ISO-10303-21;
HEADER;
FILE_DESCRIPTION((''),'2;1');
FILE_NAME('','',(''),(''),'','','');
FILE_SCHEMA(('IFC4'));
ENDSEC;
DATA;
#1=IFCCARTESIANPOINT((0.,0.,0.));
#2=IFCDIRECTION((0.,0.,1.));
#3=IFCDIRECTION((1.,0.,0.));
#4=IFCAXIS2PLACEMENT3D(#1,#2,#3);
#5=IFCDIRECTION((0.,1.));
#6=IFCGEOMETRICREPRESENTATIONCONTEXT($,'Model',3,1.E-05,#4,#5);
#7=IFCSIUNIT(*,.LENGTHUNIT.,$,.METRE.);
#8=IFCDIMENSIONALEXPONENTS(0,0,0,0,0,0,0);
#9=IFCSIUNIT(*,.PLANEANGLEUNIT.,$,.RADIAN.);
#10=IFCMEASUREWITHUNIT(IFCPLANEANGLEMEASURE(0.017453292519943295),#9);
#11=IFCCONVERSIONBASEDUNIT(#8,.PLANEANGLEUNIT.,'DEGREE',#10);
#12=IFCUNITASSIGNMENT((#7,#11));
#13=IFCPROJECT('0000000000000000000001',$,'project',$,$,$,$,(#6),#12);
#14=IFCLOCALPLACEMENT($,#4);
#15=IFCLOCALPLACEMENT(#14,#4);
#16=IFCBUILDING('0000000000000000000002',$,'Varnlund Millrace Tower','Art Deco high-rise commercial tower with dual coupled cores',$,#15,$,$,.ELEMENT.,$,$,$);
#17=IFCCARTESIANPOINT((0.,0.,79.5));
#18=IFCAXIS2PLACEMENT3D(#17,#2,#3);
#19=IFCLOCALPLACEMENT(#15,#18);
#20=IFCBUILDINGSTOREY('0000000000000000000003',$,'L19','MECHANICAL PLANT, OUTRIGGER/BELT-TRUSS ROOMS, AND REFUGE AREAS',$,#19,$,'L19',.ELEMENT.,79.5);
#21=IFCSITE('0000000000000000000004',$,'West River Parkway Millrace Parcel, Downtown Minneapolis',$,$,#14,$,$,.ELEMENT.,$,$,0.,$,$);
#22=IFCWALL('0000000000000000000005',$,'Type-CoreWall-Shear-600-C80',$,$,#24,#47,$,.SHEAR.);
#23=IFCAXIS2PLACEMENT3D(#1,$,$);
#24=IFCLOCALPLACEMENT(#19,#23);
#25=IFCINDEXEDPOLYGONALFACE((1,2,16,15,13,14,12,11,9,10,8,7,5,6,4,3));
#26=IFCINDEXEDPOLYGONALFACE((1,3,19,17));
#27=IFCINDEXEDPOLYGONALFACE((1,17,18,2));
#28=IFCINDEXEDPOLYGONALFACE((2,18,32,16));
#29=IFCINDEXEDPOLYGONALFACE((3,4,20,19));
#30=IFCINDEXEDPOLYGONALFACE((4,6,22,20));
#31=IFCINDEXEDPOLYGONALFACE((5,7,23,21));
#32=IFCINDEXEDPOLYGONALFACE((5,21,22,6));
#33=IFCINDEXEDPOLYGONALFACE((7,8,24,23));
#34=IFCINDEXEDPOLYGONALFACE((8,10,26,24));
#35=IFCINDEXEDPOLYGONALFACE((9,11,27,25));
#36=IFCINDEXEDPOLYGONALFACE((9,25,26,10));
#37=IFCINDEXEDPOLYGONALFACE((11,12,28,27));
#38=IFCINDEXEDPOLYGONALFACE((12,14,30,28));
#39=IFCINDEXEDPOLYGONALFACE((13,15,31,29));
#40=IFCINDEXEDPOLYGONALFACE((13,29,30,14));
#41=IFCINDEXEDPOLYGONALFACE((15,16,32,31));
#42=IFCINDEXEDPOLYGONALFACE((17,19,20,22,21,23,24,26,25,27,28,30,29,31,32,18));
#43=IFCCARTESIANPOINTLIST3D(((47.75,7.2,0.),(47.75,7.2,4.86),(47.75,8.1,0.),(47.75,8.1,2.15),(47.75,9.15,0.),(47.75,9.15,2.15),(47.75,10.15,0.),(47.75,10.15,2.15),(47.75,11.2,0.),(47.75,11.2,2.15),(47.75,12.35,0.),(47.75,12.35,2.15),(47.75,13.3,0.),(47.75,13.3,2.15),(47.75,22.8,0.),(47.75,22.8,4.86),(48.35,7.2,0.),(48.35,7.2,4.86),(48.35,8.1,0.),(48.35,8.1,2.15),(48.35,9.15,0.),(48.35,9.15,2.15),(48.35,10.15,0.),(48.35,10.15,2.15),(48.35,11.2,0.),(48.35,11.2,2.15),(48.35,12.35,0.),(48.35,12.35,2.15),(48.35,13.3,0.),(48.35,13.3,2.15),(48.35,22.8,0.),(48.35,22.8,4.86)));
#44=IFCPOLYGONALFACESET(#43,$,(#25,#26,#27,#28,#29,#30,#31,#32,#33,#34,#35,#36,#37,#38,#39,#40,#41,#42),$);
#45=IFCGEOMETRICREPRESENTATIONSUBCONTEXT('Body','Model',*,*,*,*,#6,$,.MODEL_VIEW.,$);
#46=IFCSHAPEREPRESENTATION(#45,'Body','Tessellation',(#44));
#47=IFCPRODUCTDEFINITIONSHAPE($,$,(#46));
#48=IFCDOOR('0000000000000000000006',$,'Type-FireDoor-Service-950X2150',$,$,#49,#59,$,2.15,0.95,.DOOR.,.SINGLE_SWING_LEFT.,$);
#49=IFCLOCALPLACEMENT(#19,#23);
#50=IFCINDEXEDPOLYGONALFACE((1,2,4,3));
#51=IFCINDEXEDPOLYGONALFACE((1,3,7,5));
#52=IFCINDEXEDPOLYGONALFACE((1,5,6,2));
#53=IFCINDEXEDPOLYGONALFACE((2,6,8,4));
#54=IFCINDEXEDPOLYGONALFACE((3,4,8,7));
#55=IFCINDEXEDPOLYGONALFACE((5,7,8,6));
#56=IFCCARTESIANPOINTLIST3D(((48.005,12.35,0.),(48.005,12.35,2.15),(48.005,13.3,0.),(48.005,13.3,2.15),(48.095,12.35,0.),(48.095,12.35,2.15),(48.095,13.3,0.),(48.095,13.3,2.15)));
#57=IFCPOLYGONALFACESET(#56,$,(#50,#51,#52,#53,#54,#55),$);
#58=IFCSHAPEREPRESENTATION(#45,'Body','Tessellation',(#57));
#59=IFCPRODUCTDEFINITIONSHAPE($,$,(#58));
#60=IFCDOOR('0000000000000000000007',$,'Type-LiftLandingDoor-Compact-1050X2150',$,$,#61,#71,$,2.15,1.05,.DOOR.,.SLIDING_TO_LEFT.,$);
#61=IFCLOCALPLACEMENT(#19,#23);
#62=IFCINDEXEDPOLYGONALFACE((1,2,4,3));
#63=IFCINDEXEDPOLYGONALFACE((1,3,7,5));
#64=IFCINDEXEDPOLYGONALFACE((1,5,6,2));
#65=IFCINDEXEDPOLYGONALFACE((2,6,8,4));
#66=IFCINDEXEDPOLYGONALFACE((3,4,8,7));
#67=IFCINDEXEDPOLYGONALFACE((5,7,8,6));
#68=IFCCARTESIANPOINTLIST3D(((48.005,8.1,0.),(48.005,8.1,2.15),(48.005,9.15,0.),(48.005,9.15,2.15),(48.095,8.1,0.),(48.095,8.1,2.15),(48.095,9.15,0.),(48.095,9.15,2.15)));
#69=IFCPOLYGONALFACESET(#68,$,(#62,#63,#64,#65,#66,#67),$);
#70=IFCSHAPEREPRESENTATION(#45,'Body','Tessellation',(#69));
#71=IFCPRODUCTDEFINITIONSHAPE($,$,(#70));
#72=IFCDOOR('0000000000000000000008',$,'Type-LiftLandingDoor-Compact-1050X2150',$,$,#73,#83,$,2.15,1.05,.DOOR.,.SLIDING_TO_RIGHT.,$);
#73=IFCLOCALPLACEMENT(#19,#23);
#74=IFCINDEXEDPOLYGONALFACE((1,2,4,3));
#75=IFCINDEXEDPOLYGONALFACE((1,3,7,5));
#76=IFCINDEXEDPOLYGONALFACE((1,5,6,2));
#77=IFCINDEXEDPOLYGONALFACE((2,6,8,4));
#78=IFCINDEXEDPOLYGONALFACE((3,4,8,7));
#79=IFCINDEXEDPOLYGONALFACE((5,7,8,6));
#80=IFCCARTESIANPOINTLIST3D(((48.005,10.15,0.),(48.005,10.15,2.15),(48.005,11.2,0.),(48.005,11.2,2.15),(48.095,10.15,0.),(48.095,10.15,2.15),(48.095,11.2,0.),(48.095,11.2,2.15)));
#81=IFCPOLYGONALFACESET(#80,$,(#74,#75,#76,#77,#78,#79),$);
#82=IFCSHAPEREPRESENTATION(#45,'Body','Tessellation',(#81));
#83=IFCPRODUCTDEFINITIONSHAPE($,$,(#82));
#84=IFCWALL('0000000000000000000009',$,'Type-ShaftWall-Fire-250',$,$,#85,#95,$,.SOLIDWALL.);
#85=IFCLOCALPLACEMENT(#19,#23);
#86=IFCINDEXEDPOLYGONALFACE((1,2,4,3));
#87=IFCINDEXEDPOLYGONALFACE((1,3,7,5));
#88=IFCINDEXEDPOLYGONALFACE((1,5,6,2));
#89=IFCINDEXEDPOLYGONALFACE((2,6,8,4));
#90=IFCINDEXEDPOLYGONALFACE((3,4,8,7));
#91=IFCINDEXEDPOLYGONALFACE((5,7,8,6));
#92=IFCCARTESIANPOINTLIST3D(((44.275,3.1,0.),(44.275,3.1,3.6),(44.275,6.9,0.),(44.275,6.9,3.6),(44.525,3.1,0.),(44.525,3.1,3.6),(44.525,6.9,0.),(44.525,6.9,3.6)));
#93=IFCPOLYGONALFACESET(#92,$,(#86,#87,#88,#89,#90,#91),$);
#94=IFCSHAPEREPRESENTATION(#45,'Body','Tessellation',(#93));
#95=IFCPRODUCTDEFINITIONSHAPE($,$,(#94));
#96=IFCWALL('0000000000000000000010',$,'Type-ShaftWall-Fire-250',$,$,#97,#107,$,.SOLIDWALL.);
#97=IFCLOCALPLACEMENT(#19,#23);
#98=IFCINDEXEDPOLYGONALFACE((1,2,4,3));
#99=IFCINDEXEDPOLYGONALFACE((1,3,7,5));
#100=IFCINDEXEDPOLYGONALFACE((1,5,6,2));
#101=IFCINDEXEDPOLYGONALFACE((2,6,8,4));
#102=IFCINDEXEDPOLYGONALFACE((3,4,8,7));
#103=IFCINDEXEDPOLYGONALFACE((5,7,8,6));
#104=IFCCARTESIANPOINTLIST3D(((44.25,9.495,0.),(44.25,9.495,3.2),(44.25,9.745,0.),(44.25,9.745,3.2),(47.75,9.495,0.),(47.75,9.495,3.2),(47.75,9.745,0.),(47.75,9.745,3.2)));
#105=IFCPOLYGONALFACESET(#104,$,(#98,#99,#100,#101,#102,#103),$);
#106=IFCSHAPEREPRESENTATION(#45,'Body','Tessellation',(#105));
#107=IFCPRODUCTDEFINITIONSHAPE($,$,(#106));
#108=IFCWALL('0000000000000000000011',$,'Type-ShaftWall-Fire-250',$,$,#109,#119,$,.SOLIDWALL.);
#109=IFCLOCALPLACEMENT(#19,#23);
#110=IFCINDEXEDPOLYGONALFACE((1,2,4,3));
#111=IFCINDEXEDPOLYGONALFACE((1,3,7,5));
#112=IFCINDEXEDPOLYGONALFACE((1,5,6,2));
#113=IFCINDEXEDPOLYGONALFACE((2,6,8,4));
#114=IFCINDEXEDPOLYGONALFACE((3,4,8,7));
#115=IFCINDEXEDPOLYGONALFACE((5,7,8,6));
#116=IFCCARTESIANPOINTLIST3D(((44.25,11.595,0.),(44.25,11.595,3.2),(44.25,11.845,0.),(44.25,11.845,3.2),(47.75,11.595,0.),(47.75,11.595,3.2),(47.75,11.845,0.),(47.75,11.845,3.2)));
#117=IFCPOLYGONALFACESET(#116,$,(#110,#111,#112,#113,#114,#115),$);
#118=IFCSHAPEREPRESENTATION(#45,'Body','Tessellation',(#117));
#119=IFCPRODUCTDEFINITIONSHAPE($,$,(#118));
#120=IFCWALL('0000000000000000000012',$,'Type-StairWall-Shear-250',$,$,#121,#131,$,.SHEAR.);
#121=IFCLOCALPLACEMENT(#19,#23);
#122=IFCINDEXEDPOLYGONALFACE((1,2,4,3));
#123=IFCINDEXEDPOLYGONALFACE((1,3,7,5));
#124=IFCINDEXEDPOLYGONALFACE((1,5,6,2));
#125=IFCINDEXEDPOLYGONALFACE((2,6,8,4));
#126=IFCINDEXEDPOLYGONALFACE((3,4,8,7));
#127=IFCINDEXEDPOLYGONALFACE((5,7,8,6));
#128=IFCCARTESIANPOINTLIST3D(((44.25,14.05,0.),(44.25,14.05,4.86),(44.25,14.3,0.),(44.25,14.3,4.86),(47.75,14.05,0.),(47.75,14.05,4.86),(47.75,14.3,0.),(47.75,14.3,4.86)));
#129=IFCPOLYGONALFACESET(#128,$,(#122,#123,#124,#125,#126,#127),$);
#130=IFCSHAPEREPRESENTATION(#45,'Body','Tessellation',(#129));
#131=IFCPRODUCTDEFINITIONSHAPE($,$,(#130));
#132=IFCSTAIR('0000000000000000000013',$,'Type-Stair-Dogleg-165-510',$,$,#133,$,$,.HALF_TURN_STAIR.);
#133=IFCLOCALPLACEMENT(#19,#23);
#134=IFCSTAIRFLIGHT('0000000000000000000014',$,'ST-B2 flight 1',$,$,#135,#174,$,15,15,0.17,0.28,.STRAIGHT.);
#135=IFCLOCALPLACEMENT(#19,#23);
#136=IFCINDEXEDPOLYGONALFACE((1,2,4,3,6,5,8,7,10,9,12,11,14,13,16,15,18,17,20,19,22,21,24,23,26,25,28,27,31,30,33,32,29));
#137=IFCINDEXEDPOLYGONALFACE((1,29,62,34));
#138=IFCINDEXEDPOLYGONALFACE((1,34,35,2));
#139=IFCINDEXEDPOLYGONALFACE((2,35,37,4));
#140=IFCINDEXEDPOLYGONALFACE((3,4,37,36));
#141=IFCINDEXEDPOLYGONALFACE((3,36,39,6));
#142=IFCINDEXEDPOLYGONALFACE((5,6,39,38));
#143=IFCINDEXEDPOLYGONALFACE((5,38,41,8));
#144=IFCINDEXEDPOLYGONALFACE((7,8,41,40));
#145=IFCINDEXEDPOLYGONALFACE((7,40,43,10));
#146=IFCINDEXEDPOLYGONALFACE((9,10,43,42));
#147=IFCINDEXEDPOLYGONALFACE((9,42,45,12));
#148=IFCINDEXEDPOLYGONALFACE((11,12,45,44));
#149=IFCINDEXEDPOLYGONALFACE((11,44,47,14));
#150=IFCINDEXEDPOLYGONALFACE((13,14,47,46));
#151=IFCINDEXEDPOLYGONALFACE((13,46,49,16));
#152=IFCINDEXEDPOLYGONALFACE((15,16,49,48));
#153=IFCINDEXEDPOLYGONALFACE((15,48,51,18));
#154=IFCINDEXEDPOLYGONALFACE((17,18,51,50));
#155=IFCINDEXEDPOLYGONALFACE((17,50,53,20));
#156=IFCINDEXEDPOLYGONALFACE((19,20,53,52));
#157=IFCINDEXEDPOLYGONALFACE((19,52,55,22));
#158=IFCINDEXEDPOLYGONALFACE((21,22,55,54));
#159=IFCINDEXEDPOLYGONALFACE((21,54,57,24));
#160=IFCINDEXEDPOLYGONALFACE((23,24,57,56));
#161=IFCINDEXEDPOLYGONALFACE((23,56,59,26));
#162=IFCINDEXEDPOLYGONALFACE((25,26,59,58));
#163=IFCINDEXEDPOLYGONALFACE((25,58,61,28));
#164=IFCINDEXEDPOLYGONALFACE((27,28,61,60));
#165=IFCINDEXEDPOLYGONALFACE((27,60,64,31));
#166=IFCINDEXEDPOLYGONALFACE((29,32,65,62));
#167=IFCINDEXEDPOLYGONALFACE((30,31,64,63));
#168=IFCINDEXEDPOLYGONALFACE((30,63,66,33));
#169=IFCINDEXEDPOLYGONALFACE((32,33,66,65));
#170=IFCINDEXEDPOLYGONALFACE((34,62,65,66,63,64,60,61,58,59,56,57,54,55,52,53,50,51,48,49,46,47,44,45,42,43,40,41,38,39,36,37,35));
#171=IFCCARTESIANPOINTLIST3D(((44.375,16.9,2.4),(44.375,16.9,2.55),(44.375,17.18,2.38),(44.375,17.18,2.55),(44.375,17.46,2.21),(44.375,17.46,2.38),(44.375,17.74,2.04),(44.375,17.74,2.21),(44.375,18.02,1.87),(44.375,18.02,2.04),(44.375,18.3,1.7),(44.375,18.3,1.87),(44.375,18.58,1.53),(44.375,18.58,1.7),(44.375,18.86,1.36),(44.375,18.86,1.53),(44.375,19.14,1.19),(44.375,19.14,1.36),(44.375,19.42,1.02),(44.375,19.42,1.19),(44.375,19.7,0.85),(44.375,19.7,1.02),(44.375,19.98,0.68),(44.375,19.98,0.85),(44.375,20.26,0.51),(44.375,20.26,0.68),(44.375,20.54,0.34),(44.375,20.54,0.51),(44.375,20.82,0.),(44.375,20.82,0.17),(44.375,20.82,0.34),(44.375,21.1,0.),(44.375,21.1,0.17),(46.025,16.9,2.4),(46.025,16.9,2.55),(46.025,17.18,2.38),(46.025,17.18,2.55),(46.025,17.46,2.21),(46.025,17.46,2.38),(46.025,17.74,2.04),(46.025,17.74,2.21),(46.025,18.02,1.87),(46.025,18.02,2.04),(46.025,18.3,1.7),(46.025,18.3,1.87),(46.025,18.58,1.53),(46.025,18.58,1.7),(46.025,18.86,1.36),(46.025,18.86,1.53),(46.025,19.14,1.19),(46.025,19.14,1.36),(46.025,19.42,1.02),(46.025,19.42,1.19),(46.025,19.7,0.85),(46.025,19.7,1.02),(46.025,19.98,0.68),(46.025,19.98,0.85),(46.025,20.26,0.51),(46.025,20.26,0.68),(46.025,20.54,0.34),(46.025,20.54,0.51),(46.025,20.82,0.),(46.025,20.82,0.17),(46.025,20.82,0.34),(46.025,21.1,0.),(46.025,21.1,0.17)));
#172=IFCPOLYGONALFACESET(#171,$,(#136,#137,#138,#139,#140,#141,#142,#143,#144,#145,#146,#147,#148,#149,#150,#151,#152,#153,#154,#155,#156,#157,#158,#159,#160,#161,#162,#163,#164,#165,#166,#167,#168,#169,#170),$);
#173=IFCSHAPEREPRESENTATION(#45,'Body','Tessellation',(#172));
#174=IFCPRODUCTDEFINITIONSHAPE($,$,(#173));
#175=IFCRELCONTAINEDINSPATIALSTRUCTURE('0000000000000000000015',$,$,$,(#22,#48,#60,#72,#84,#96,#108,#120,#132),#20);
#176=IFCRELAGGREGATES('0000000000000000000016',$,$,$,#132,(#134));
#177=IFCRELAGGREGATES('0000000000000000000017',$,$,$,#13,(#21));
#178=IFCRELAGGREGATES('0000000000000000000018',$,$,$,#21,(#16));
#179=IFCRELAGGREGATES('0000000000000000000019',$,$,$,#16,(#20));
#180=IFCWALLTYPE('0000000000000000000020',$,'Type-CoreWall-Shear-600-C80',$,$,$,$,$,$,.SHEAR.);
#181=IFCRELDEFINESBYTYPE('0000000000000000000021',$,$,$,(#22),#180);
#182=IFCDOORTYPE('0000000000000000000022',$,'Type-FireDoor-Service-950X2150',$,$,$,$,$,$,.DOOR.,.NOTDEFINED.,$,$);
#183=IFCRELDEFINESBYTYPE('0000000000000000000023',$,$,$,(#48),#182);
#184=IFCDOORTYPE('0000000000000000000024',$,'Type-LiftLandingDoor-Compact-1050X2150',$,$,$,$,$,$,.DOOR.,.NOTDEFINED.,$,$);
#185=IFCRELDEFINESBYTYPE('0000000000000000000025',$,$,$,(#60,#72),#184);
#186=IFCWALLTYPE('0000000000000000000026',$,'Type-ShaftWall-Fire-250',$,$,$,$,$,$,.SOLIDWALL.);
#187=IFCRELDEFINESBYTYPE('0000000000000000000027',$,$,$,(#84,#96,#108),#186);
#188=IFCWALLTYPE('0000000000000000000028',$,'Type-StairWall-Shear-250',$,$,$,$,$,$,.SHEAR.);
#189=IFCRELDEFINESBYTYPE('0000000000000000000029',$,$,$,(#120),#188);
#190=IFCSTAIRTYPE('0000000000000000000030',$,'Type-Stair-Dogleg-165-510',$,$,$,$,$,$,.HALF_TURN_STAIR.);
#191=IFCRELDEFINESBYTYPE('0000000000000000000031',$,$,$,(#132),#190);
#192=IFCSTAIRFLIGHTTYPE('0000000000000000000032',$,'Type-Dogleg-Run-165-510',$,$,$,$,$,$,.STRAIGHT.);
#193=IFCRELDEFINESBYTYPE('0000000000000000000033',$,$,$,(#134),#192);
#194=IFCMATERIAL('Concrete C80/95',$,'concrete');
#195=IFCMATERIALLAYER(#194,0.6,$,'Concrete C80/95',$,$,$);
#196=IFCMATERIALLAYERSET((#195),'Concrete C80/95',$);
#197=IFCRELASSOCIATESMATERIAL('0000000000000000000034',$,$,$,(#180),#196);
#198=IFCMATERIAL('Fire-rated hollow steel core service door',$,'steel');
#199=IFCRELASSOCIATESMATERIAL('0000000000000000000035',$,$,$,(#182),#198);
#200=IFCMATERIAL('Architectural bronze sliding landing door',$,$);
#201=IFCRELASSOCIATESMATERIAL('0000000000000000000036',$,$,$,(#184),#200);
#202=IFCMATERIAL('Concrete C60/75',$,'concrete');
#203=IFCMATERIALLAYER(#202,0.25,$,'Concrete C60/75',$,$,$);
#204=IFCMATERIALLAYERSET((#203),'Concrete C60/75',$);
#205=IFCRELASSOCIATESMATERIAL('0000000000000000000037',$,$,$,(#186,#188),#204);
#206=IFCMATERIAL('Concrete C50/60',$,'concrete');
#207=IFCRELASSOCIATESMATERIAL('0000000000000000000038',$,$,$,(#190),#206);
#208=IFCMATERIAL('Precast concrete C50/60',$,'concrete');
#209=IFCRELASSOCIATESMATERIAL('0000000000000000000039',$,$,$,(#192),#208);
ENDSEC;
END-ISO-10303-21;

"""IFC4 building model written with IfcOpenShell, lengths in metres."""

from ifc_helpers import new_model, entity, si_unit, converted_unit, direction, frame, origin_with_axes, origin_2d_with_axis, place, context, subcontext, project, spatial, polyline, rectangle, outline, extrude, material, layer, layer_set, type_object, element, fill, aggregate, save


model = new_model("IFC4")

# Units and contexts
model_context = context("Model", 3, precision=1e-05, world=origin_with_axes(), true_north=direction((0.0, 1.0)))
body_context = subcontext(model_context, "Body", "Model", "MODEL_VIEW")
ifc_project = project(units=[si_unit("LENGTHUNIT", "METRE"), converted_unit("PLANEANGLEUNIT", "DEGREE", entity("IfcPlaneAngleMeasure", 0.017453292519943295), si_unit("PLANEANGLEUNIT", "RADIAN"), dimensions=[0, 0, 0, 0, 0, 0, 0])], contexts=[model_context])

# Site, building, storey
site_placement = place(None, origin_with_axes())
site = spatial("IfcSite", under=ifc_project, at=site_placement, Name="West River Parkway Millrace Parcel, Downtown Minneapolis", CompositionType="ELEMENT", RefElevation=0.0)
building_placement = place(site_placement, origin_with_axes())
building = spatial("IfcBuilding", under=site, at=building_placement, Name="Varnlund Millrace Tower", Description="Art Deco high-rise commercial tower with dual coupled cores", CompositionType="ELEMENT")
storey_placement = place(building_placement, frame((0.0, 0.0, 79.5), z_axis=(0.0, 0.0, 1.0), x_axis=(1.0, 0.0, 0.0)))
storey = spatial("IfcBuildingStorey", under=building, at=storey_placement, Name="L19", Description="MECHANICAL PLANT, OUTRIGGER/BELT-TRUSS ROOMS, AND REFUGE AREAS", LongName="L19", CompositionType="ELEMENT", Elevation=79.5)

# Shared definitions
ifc_material_1 = material(Name="Concrete C80/95", Category="concrete")

# Wall, openings, doors
ifc_layer_1 = layer(ifc_material_1, 0.6, Name="Concrete C80/95")
ifc_layer_set_1 = layer_set([ifc_layer_1], Name="Concrete C80/95")
wall_type_1 = type_object("IfcWallType", Name="Type-CoreWall-Shear-600-C80", PredefinedType="SHEAR", material=ifc_layer_set_1)
wall_1_placement = place(storey_placement, frame((48.05, 7.2, 0.0), z_axis=(0.0, 0.0, 1.0), x_axis=(0.0, 1.0, 0.0)))
wall_1 = element("IfcWall", 1, at=wall_1_placement, inside=storey, type_object=wall_type_1, Name="Type-CoreWall-Shear-600-C80", PredefinedType="SHEAR", context=body_context, shape_type="SweptSolid", body=[
    extrude(outline(polyline([(0.0, -0.3), (15.6, -0.3), (15.6, 0.3), (0.0, 0.3), (0.0, -0.3)])), origin_with_axes(), (0.0, 0.0, 1.0), 4.86),
])
opening_1_placement = place(wall_1_placement, frame((1.425, 0.0, 0.0), z_axis=(0.0, 0.0, 1.0), x_axis=(1.0, 0.0, 0.0)))
opening_1 = element("IfcOpeningElement", 2, at=opening_1_placement, cuts=wall_1, PredefinedType="OPENING", context=body_context, shape_type="SweptSolid", body=[
    extrude(rectangle(XDim=1.05, YDim=0.62, at=origin_2d_with_axis()), origin_with_axes(), (0.0, 0.0, 1.0), 2.15),
])
opening_2_placement = place(wall_1_placement, frame((3.475, 0.0, 0.0), z_axis=(0.0, 0.0, 1.0), x_axis=(1.0, 0.0, 0.0)))
opening_2 = element("IfcOpeningElement", 3, at=opening_2_placement, cuts=wall_1, PredefinedType="OPENING", context=body_context, shape_type="SweptSolid", body=[
    extrude(rectangle(XDim=1.05, YDim=0.62, at=origin_2d_with_axis()), origin_with_axes(), (0.0, 0.0, 1.0), 2.15),
])
opening_3_placement = place(wall_1_placement, frame((5.625, 0.0, 0.0), z_axis=(0.0, 0.0, 1.0), x_axis=(1.0, 0.0, 0.0)))
opening_3 = element("IfcOpeningElement", 4, at=opening_3_placement, cuts=wall_1, PredefinedType="OPENING", context=body_context, shape_type="SweptSolid", body=[
    extrude(rectangle(XDim=0.95, YDim=0.62, at=origin_2d_with_axis()), origin_with_axes(), (0.0, 0.0, 1.0), 2.15),
])
ifc_material_2 = material(Name="Fire-rated hollow steel core service door", Category="steel")
door_type_1 = type_object("IfcDoorType", Name="Type-FireDoor-Service-950X2150", OperationType="NOTDEFINED", PredefinedType="DOOR", material=ifc_material_2)
door_1_placement = place(wall_1_placement, frame((5.625, 0.0, 0.0), z_axis=(0.0, 0.0, 1.0), x_axis=(1.0, 0.0, 0.0)))
door_1 = element("IfcDoor", 5, at=door_1_placement, inside=storey, type_object=door_type_1, Name="Type-FireDoor-Service-950X2150", OperationType="SINGLE_SWING_LEFT", OverallHeight=2.15, OverallWidth=0.95, PredefinedType="DOOR", context=body_context, shape_type="SweptSolid", body=[
    extrude(rectangle(XDim=0.95, YDim=0.09, at=origin_2d_with_axis()), origin_with_axes(), (0.0, 0.0, 1.0), 2.15),
])
fill(opening_3, door_1)
ifc_material_3 = material(Name="Architectural bronze sliding landing door")
door_type_2 = type_object("IfcDoorType", Name="Type-LiftLandingDoor-Compact-1050X2150", OperationType="NOTDEFINED", PredefinedType="DOOR", material=ifc_material_3)
door_2_placement = place(wall_1_placement, frame((1.425, 0.0, 0.0), z_axis=(0.0, 0.0, 1.0), x_axis=(1.0, 0.0, 0.0)))
door_2 = element("IfcDoor", 6, at=door_2_placement, inside=storey, type_object=door_type_2, Name="Type-LiftLandingDoor-Compact-1050X2150", OperationType="SLIDING_TO_LEFT", OverallHeight=2.15, OverallWidth=1.05, PredefinedType="DOOR", context=body_context, shape_type="SweptSolid", body=[
    extrude(rectangle(XDim=1.05, YDim=0.09, at=origin_2d_with_axis()), origin_with_axes(), (0.0, 0.0, 1.0), 2.15),
])
fill(opening_1, door_2)
door_3_placement = place(wall_1_placement, frame((3.475, 0.0, 0.0), z_axis=(0.0, 0.0, 1.0), x_axis=(1.0, 0.0, 0.0)))
door_3 = element("IfcDoor", 7, at=door_3_placement, inside=storey, type_object=door_type_2, Name="Type-LiftLandingDoor-Compact-1050X2150", OperationType="SLIDING_TO_RIGHT", OverallHeight=2.15, OverallWidth=1.05, PredefinedType="DOOR", context=body_context, shape_type="SweptSolid", body=[
    extrude(rectangle(XDim=1.05, YDim=0.09, at=origin_2d_with_axis()), origin_with_axes(), (0.0, 0.0, 1.0), 2.15),
])
fill(opening_2, door_3)

# Walls
ifc_material_4 = material(Name="Concrete C60/75", Category="concrete")
ifc_layer_2 = layer(ifc_material_4, 0.25, Name="Concrete C60/75")
ifc_layer_set_2 = layer_set([ifc_layer_2], Name="Concrete C60/75")
wall_type_2 = type_object("IfcWallType", Name="Type-ShaftWall-Fire-250", PredefinedType="SOLIDWALL", material=ifc_layer_set_2)
wall_2_placement = place(storey_placement, frame((44.4, 3.1, 0.0), z_axis=(0.0, 0.0, 1.0), x_axis=(0.0, 1.0, 0.0)))
element("IfcWall", 8, at=wall_2_placement, inside=storey, type_object=wall_type_2, Name="Type-ShaftWall-Fire-250", PredefinedType="SOLIDWALL", context=body_context, shape_type="SweptSolid", body=[
    extrude(outline(polyline([(0.0, -0.125), (3.8, -0.125), (3.8, 0.125), (0.0, 0.125), (0.0, -0.125)])), origin_with_axes(), (0.0, 0.0, 1.0), 3.6),
])
for number, where, z_axis, x_axis, name in (
    (9, (44.25, 9.62, 0.0), (0.0, 0.0, 1.0), (1.0, 0.0, 0.0), "Type-ShaftWall-Fire-250"),
    (10, (44.25, 11.72, 0.0), (0.0, 0.0, 1.0), (1.0, 0.0, 0.0), "Type-ShaftWall-Fire-250"),
):
    element("IfcWall", number, at=place(storey_placement, frame(where, z_axis=z_axis, x_axis=x_axis)), inside=storey, type_object=wall_type_2, Name=name, PredefinedType="SOLIDWALL", context=body_context, shape_type="SweptSolid", body=[
        extrude(outline(polyline([(0.0, -0.125), (3.5, -0.125), (3.5, 0.125), (0.0, 0.125), (0.0, -0.125)])), origin_with_axes(), (0.0, 0.0, 1.0), 3.2),
    ])
wall_type_3 = type_object("IfcWallType", Name="Type-StairWall-Shear-250", PredefinedType="SHEAR", material=ifc_layer_set_2)
wall_3_placement = place(storey_placement, frame((44.25, 14.175, 0.0), z_axis=(0.0, 0.0, 1.0), x_axis=(1.0, 0.0, 0.0)))
element("IfcWall", 11, at=wall_3_placement, inside=storey, type_object=wall_type_3, Name="Type-StairWall-Shear-250", PredefinedType="SHEAR", context=body_context, shape_type="SweptSolid", body=[
    extrude(outline(polyline([(0.0, -0.125), (3.5, -0.125), (3.5, 0.125), (0.0, 0.125), (0.0, -0.125)])), origin_with_axes(), (0.0, 0.0, 1.0), 4.86),
])

# Stair, stair flight
ifc_material_5 = material(Name="Concrete C50/60", Category="concrete")
stair_type = type_object("IfcStairType", Name="Type-Stair-Dogleg-165-510", PredefinedType="HALF_TURN_STAIR", material=ifc_material_5)
stair_placement = place(storey_placement, origin_with_axes())
stair = element("IfcStair", 12, at=stair_placement, inside=storey, type_object=stair_type, Name="Type-Stair-Dogleg-165-510", PredefinedType="HALF_TURN_STAIR")
ifc_material_6 = material(Name="Precast concrete C50/60", Category="concrete")
stair_flight_type = type_object("IfcStairFlightType", Name="Type-Dogleg-Run-165-510", PredefinedType="STRAIGHT", material=ifc_material_6)
stair_flight_placement = place(storey_placement, frame((46.025, 21.1, 0.0), z_axis=(-1.0, 0.0, 0.0), x_axis=(0.0, -1.0, 0.0)))
stair_flight = element("IfcStairFlight", 13, at=stair_flight_placement, type_object=stair_flight_type, Name="ST-B2 flight 1", NumberOfRisers=15, NumberOfTreads=15, PredefinedType="STRAIGHT", RiserHeight=0.17, TreadLength=0.28, context=body_context, shape_type="SweptSolid", body=[
    extrude(outline(polyline([(0.0, 0.0), (0.0, 0.17), (0.28, 0.17), (0.28, 0.34), (0.56, 0.34), (0.56, 0.51), (0.84, 0.51), (0.84, 0.68), (1.12, 0.68), (1.12, 0.85), (1.4, 0.85), (1.4, 1.02), (1.68, 1.02), (1.68, 1.19), (1.96, 1.19), (1.96, 1.36), (2.24, 1.36), (2.24, 1.53), (2.52, 1.53), (2.52, 1.7), (2.8, 1.7), (2.8, 1.87), (3.08, 1.87), (3.08, 2.04), (3.36, 2.04), (3.36, 2.21), (3.64, 2.21), (3.64, 2.38), (3.92, 2.38), (3.92, 2.55), (4.2, 2.55), (4.2, 2.4), (0.28, 0.0), (0.0, 0.0)])), origin_with_axes(), (0.0, 0.0, 1.0), 1.65),
])
aggregate(stair, [stair_flight])

save(model, "model.ifc")
